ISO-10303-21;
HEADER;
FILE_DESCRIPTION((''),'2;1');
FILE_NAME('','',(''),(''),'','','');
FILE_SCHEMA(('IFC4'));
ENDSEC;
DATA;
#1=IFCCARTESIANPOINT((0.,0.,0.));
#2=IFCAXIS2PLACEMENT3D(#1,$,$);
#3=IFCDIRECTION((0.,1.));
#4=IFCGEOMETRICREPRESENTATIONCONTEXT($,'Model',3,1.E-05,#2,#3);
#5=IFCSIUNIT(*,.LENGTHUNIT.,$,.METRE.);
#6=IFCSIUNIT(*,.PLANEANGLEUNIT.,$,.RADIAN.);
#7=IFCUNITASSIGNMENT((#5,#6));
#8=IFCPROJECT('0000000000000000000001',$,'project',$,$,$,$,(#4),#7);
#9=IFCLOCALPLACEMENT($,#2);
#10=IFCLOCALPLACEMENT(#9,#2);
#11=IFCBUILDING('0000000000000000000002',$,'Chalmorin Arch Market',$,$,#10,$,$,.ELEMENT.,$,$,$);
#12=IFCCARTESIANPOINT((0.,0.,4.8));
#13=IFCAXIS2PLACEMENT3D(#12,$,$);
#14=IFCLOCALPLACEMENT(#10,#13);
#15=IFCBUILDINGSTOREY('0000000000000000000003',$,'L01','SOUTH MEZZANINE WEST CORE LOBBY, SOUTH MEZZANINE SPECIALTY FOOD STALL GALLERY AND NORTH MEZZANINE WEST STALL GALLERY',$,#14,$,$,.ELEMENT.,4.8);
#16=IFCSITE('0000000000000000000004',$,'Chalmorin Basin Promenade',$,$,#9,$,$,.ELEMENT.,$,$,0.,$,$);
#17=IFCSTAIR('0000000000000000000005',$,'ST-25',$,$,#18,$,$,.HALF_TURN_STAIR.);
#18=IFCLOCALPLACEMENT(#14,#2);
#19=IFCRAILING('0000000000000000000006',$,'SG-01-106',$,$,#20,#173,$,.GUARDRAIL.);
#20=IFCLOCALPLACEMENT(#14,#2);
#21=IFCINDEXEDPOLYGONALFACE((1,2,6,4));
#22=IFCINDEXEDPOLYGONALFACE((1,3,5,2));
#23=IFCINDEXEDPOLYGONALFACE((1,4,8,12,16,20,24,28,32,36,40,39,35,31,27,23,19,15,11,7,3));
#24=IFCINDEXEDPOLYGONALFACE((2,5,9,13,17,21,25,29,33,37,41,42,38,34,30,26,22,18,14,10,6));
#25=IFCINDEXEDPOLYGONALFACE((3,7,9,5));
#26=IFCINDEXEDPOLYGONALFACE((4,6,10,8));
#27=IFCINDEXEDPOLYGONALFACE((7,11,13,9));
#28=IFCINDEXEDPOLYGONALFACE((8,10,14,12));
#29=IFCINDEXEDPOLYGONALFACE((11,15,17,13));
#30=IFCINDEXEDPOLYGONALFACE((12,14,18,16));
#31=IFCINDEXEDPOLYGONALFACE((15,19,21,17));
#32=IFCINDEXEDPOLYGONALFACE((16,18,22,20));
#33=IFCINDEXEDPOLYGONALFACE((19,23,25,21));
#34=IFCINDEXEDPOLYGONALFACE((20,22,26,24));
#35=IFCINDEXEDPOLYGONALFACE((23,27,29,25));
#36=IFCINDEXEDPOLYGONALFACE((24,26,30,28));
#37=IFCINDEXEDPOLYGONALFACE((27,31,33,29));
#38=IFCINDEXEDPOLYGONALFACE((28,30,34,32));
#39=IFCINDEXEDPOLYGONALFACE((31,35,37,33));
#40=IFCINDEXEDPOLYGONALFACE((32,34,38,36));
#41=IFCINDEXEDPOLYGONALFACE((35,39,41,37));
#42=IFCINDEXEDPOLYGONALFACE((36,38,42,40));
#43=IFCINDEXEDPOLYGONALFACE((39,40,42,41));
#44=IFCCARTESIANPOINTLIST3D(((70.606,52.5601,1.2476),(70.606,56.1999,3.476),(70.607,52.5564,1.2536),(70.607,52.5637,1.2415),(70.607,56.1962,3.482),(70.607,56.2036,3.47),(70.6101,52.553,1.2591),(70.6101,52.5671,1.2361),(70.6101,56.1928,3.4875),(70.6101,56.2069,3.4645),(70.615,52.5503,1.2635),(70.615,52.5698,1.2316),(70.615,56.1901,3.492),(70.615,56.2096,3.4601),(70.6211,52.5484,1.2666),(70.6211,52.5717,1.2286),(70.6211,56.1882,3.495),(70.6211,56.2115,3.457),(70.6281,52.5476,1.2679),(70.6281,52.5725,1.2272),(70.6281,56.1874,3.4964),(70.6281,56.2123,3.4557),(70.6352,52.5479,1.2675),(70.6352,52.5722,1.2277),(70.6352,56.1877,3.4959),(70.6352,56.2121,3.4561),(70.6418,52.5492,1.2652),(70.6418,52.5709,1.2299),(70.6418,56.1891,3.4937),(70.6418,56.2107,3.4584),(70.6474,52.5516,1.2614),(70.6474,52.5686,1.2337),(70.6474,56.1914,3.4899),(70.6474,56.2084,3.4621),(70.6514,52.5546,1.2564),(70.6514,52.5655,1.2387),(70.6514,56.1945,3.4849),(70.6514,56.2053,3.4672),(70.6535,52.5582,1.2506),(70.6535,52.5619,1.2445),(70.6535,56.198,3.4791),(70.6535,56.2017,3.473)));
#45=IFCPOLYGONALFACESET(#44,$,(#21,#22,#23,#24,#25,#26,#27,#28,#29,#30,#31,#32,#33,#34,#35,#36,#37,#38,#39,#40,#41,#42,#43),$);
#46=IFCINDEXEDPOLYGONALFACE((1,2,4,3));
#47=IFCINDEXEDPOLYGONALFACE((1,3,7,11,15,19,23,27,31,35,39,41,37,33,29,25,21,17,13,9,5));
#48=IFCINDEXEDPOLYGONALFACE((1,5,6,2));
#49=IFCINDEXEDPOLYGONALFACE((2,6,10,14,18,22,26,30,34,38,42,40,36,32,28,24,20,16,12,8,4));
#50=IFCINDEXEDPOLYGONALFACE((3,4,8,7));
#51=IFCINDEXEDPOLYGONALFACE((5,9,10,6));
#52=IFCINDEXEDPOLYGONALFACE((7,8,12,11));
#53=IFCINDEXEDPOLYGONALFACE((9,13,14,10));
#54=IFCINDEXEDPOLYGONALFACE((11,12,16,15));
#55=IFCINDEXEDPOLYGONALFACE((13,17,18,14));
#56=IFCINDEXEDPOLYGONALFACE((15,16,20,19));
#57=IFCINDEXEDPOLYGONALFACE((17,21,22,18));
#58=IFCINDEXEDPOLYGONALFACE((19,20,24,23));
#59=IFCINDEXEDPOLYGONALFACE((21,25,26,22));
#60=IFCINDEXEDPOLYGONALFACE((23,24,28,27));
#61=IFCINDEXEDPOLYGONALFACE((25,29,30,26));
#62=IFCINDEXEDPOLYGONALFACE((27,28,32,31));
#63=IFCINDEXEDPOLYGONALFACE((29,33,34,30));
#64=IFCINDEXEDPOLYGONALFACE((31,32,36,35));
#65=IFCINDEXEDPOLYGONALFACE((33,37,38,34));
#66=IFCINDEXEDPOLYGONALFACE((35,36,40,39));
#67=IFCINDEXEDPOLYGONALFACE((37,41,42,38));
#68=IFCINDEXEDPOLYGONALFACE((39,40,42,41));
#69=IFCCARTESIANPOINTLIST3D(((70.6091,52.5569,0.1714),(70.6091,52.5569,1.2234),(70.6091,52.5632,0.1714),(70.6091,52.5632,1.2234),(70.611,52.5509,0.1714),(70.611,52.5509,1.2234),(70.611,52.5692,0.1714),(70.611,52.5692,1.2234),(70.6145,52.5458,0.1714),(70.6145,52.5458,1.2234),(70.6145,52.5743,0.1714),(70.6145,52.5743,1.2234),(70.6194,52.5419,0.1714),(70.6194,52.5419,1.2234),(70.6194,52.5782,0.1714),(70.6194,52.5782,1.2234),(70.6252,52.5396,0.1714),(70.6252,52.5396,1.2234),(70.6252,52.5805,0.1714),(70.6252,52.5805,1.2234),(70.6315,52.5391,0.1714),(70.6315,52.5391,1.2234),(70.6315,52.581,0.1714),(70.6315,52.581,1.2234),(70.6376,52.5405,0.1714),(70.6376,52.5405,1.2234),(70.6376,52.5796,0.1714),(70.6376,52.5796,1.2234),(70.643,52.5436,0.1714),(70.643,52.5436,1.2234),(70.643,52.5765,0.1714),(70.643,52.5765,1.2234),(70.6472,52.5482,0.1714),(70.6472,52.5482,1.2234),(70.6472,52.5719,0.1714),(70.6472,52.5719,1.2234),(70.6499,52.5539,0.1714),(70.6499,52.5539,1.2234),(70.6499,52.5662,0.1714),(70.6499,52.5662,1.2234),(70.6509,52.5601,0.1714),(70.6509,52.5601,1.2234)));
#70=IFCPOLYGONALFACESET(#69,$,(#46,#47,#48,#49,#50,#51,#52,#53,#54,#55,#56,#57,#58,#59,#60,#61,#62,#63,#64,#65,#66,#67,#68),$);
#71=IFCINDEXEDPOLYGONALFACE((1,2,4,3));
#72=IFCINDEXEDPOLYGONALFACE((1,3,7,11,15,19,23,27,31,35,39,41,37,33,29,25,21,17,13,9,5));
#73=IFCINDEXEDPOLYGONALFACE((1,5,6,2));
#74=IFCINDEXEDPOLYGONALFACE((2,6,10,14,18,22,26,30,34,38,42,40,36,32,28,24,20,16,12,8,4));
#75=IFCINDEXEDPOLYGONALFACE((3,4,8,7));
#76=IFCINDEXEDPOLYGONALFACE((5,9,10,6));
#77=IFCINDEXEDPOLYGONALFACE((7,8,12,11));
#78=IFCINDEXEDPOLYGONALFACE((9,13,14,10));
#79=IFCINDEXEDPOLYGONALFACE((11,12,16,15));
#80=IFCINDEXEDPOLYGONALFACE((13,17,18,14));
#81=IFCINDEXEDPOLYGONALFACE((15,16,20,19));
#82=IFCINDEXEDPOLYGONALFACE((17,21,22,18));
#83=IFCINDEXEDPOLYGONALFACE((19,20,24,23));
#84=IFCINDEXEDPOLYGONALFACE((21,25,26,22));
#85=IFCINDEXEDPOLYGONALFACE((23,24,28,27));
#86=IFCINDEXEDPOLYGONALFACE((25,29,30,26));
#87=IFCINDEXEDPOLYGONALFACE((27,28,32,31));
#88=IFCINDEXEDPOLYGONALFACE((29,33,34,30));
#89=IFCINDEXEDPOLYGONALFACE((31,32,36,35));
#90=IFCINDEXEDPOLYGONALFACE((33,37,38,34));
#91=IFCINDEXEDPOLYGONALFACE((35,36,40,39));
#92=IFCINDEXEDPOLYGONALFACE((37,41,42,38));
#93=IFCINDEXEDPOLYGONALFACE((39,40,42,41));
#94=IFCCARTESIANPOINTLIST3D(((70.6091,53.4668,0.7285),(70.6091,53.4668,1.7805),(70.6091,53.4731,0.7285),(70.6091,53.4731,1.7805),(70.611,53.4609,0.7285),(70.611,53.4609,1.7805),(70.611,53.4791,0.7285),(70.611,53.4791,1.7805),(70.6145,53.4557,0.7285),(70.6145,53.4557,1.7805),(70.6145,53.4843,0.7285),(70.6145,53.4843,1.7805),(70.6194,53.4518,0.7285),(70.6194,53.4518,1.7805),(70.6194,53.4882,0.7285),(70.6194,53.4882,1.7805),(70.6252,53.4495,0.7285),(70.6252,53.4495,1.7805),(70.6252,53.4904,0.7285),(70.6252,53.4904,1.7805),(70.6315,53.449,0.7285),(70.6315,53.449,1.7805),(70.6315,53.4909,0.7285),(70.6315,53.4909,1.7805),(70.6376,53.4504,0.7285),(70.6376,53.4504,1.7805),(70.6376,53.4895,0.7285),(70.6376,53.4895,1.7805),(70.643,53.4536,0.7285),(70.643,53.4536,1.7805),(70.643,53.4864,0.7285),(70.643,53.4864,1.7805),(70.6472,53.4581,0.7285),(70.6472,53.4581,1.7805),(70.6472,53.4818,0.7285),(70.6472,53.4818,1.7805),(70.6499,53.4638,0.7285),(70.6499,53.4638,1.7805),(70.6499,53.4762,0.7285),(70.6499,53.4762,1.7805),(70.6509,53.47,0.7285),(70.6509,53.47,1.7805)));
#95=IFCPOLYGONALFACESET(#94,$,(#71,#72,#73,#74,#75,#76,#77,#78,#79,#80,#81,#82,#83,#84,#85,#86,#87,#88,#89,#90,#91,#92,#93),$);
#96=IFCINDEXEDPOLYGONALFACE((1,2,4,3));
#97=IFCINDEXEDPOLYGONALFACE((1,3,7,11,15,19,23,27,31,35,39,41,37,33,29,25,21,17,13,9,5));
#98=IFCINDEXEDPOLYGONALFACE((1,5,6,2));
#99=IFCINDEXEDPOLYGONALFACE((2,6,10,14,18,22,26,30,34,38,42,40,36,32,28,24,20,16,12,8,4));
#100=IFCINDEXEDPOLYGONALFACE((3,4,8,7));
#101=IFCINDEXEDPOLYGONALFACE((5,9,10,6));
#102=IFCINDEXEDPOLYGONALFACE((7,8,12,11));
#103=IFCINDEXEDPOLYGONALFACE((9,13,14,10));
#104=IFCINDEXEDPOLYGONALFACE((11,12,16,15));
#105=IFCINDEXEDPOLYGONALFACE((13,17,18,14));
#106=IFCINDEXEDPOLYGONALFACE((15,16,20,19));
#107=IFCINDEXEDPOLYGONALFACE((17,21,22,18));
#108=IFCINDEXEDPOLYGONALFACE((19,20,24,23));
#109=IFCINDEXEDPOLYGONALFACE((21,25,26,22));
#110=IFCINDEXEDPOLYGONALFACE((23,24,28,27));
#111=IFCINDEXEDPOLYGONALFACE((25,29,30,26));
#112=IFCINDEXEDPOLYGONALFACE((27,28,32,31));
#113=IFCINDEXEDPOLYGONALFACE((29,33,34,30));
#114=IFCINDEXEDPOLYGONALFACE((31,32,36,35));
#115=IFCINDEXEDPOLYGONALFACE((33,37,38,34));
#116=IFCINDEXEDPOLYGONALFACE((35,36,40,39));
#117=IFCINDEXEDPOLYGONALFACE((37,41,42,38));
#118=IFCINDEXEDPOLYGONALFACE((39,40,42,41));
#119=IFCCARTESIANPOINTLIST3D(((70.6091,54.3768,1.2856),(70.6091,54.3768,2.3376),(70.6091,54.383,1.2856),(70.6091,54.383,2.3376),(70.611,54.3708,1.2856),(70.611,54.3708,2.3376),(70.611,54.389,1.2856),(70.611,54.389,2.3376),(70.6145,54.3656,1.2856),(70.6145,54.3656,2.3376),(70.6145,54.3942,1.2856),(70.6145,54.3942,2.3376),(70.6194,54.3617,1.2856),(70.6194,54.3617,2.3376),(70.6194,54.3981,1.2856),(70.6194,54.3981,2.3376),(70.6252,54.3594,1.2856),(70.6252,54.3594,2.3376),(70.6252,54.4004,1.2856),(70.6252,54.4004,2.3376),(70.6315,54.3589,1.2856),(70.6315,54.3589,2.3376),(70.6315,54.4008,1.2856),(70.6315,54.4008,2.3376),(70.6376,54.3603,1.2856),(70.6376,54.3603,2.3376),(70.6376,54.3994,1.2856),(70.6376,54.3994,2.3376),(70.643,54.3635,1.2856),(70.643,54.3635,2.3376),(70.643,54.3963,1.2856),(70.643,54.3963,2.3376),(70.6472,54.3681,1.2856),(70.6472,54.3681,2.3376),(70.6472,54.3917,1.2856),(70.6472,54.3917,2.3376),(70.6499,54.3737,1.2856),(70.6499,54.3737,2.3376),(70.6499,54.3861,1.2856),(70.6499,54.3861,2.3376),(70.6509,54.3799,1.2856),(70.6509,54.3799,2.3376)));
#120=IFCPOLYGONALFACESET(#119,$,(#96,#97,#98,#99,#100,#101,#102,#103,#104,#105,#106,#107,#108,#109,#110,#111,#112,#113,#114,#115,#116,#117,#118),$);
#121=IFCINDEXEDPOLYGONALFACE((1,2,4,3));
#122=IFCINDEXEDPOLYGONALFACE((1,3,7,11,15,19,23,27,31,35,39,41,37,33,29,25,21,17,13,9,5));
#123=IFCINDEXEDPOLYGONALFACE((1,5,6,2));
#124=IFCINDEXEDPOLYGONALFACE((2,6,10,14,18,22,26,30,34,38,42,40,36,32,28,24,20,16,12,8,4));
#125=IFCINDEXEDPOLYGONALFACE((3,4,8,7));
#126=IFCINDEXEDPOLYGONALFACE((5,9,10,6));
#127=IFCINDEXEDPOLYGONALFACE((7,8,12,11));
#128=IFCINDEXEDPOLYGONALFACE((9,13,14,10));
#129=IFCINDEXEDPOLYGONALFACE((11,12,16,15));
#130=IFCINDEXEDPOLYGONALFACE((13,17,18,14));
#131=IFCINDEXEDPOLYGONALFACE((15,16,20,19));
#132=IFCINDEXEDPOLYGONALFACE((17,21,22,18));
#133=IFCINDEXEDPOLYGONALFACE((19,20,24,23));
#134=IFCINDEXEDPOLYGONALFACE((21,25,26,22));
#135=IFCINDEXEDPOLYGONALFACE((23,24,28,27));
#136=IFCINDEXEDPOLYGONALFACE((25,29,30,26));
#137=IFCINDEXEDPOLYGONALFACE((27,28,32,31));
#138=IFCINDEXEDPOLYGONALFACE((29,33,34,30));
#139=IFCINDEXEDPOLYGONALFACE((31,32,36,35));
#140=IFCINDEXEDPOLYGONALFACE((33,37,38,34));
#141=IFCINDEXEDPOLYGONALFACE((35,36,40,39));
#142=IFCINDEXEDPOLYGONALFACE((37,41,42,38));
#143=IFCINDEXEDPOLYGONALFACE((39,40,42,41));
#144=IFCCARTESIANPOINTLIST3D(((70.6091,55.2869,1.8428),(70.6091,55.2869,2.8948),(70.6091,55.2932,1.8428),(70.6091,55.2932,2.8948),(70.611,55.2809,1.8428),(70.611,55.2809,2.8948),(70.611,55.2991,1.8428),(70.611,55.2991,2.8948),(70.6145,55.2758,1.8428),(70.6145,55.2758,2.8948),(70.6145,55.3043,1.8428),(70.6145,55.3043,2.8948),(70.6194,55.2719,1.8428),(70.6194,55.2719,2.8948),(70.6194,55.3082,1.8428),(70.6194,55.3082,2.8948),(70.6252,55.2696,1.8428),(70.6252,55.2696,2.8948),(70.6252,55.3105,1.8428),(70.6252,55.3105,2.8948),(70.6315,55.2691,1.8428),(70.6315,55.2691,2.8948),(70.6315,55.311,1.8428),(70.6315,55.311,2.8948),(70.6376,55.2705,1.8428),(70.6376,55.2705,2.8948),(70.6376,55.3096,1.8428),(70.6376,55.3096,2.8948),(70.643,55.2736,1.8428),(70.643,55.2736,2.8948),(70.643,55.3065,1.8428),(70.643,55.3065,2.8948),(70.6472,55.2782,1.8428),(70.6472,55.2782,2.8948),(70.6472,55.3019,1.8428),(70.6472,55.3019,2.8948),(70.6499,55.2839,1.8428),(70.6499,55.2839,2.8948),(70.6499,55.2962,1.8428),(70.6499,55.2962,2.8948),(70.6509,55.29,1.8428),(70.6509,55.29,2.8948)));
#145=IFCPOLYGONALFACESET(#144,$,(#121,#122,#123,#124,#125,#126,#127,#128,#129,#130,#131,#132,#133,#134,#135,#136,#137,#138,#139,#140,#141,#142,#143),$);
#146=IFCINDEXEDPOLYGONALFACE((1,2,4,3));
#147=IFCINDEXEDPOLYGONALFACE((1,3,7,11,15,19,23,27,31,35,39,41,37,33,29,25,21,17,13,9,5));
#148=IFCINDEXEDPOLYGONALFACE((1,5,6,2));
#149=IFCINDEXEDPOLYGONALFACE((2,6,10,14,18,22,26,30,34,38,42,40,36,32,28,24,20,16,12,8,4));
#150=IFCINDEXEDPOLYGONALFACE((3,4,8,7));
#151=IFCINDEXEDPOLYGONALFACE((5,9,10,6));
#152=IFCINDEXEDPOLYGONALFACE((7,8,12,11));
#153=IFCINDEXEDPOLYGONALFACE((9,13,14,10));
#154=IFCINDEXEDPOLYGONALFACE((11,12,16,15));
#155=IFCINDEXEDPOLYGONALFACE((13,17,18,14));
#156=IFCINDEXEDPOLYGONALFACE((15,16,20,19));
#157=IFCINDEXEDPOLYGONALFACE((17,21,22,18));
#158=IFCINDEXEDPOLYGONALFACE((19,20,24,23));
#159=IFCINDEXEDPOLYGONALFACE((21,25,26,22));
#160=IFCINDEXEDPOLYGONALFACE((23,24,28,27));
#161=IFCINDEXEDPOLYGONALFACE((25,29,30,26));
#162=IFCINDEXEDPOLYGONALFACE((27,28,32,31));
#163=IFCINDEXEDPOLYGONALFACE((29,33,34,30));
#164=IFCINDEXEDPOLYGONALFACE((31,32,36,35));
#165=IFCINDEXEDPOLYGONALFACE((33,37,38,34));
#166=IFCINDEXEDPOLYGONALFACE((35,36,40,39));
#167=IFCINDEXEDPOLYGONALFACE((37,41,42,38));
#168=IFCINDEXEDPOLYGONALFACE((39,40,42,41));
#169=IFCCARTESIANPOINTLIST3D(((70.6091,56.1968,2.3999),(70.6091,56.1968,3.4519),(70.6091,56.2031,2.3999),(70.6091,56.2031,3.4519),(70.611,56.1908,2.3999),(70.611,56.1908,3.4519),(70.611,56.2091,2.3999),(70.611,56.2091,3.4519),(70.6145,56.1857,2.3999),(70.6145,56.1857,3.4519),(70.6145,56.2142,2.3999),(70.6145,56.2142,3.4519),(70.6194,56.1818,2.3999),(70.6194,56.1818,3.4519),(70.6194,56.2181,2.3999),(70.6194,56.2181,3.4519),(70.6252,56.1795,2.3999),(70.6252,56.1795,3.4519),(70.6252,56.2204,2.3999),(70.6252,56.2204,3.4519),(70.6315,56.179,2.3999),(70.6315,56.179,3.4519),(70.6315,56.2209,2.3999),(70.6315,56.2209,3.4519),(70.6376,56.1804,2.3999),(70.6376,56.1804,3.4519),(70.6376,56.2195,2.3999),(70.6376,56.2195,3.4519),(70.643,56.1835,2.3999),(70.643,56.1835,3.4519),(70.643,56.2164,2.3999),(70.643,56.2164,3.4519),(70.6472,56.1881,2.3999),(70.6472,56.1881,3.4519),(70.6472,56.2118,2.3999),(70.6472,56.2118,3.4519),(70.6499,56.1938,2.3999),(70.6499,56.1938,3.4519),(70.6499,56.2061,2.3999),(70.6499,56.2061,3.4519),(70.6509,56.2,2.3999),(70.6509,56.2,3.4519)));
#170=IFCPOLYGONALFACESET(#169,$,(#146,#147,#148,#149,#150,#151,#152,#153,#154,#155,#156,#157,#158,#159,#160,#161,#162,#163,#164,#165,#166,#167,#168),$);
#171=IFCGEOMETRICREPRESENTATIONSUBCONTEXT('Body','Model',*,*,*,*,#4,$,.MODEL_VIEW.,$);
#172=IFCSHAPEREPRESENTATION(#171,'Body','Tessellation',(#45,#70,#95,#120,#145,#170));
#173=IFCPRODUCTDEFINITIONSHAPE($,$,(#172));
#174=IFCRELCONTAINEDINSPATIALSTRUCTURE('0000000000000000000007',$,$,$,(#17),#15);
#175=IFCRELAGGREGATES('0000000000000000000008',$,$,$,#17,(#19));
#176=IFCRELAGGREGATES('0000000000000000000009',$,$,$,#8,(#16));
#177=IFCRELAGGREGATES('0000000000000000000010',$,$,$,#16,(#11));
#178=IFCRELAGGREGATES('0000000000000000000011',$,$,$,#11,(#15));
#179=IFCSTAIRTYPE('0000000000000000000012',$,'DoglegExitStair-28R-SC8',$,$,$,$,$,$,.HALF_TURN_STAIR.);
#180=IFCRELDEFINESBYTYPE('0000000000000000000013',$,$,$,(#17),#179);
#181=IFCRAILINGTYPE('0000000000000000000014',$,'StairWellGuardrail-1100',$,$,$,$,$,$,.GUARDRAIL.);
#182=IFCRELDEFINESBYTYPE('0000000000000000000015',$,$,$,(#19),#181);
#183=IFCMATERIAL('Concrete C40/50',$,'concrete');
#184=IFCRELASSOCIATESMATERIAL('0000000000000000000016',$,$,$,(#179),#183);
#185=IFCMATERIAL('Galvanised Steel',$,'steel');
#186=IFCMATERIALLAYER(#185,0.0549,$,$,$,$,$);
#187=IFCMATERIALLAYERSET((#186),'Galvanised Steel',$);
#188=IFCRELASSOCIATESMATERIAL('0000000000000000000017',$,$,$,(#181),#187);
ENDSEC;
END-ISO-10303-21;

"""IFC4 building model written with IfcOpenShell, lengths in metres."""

from ifc_helpers import new_model, si_unit, direction, frame, origin, origin_2d, place, context, subcontext, project, spatial, circle, extrude, material, layer, layer_set, type_object, element, aggregate, save


model = new_model("IFC4")

# Units and contexts
model_context = context("Model", 3, precision=1e-05, world=origin(), true_north=direction((0.0, 1.0)))
body_context = subcontext(model_context, "Body", "Model", "MODEL_VIEW")
ifc_project = project(units=[si_unit("LENGTHUNIT", "METRE"), si_unit("PLANEANGLEUNIT", "RADIAN")], contexts=[model_context])

# Site, building, storey
site_placement = place(None, origin())
site = spatial("IfcSite", under=ifc_project, at=site_placement, Name="Chalmorin Basin Promenade", CompositionType="ELEMENT", RefElevation=0.0)
building_placement = place(site_placement, origin())
building = spatial("IfcBuilding", under=site, at=building_placement, Name="Chalmorin Arch Market", CompositionType="ELEMENT")
storey_placement = place(building_placement, frame((0.0, 0.0, 4.8)))
storey = spatial("IfcBuildingStorey", under=building, at=storey_placement, Name="L01", Description="SOUTH MEZZANINE WEST CORE LOBBY, SOUTH MEZZANINE SPECIALTY FOOD STALL GALLERY AND NORTH MEZZANINE WEST STALL GALLERY", CompositionType="ELEMENT", Elevation=4.8)

# Shared definitions
ifc_material_1 = material(Name="Concrete C40/50", Category="concrete")

# Stair, railing
stair_type = type_object("IfcStairType", Name="DoglegExitStair-28R-SC8", PredefinedType="HALF_TURN_STAIR", material=ifc_material_1)
stair_placement = place(storey_placement, origin())
stair = element("IfcStair", 1, at=stair_placement, inside=storey, type_object=stair_type, Name="ST-25", PredefinedType="HALF_TURN_STAIR")
ifc_material_2 = material(Name="Galvanised Steel", Category="steel")
ifc_layer_1 = layer(ifc_material_2, 0.0549)
ifc_layer_set_1 = layer_set([ifc_layer_1], Name="Galvanised Steel")
railing_type_1 = type_object("IfcRailingType", Name="StairWellGuardrail-1100", PredefinedType="GUARDRAIL", material=ifc_layer_set_1)
railing_1_placement = place(storey_placement, frame((70.6299, 52.5601, 0.1714)))
railing_1 = element("IfcRailing", 2, at=railing_1_placement, type_object=railing_type_1, Name="SG-01-106", PredefinedType="GUARDRAIL", context=body_context, shape_type="SweptSolid", body=[
    extrude(circle(Radius=0.0239, at=origin_2d()), frame((0.0, 0.0, 1.0762), z_axis=(0.0, 0.85285, 0.522156), x_axis=(-1.0, 0.0, 0.0)), (0.0, 0.0, 1.0), 4.2678),
    extrude(circle(Radius=0.021, at=origin_2d()), origin(), (0.0, 0.0, 1.0), 1.052),
    extrude(circle(Radius=0.021, at=origin_2d()), frame((0.0, 0.9099, 0.5571)), (0.0, 0.0, 1.0), 1.052),
    extrude(circle(Radius=0.021, at=origin_2d()), frame((0.0, 1.8198, 1.1143)), (0.0, 0.0, 1.0), 1.052),
    extrude(circle(Radius=0.021, at=origin_2d()), frame((0.0, 2.73, 1.6714)), (0.0, 0.0, 1.0), 1.052),
    extrude(circle(Radius=0.021, at=origin_2d()), frame((0.0, 3.6399, 2.2285)), (0.0, 0.0, 1.0), 1.052),
])
aggregate(stair, [railing_1])

save(model, "model.ifc")
